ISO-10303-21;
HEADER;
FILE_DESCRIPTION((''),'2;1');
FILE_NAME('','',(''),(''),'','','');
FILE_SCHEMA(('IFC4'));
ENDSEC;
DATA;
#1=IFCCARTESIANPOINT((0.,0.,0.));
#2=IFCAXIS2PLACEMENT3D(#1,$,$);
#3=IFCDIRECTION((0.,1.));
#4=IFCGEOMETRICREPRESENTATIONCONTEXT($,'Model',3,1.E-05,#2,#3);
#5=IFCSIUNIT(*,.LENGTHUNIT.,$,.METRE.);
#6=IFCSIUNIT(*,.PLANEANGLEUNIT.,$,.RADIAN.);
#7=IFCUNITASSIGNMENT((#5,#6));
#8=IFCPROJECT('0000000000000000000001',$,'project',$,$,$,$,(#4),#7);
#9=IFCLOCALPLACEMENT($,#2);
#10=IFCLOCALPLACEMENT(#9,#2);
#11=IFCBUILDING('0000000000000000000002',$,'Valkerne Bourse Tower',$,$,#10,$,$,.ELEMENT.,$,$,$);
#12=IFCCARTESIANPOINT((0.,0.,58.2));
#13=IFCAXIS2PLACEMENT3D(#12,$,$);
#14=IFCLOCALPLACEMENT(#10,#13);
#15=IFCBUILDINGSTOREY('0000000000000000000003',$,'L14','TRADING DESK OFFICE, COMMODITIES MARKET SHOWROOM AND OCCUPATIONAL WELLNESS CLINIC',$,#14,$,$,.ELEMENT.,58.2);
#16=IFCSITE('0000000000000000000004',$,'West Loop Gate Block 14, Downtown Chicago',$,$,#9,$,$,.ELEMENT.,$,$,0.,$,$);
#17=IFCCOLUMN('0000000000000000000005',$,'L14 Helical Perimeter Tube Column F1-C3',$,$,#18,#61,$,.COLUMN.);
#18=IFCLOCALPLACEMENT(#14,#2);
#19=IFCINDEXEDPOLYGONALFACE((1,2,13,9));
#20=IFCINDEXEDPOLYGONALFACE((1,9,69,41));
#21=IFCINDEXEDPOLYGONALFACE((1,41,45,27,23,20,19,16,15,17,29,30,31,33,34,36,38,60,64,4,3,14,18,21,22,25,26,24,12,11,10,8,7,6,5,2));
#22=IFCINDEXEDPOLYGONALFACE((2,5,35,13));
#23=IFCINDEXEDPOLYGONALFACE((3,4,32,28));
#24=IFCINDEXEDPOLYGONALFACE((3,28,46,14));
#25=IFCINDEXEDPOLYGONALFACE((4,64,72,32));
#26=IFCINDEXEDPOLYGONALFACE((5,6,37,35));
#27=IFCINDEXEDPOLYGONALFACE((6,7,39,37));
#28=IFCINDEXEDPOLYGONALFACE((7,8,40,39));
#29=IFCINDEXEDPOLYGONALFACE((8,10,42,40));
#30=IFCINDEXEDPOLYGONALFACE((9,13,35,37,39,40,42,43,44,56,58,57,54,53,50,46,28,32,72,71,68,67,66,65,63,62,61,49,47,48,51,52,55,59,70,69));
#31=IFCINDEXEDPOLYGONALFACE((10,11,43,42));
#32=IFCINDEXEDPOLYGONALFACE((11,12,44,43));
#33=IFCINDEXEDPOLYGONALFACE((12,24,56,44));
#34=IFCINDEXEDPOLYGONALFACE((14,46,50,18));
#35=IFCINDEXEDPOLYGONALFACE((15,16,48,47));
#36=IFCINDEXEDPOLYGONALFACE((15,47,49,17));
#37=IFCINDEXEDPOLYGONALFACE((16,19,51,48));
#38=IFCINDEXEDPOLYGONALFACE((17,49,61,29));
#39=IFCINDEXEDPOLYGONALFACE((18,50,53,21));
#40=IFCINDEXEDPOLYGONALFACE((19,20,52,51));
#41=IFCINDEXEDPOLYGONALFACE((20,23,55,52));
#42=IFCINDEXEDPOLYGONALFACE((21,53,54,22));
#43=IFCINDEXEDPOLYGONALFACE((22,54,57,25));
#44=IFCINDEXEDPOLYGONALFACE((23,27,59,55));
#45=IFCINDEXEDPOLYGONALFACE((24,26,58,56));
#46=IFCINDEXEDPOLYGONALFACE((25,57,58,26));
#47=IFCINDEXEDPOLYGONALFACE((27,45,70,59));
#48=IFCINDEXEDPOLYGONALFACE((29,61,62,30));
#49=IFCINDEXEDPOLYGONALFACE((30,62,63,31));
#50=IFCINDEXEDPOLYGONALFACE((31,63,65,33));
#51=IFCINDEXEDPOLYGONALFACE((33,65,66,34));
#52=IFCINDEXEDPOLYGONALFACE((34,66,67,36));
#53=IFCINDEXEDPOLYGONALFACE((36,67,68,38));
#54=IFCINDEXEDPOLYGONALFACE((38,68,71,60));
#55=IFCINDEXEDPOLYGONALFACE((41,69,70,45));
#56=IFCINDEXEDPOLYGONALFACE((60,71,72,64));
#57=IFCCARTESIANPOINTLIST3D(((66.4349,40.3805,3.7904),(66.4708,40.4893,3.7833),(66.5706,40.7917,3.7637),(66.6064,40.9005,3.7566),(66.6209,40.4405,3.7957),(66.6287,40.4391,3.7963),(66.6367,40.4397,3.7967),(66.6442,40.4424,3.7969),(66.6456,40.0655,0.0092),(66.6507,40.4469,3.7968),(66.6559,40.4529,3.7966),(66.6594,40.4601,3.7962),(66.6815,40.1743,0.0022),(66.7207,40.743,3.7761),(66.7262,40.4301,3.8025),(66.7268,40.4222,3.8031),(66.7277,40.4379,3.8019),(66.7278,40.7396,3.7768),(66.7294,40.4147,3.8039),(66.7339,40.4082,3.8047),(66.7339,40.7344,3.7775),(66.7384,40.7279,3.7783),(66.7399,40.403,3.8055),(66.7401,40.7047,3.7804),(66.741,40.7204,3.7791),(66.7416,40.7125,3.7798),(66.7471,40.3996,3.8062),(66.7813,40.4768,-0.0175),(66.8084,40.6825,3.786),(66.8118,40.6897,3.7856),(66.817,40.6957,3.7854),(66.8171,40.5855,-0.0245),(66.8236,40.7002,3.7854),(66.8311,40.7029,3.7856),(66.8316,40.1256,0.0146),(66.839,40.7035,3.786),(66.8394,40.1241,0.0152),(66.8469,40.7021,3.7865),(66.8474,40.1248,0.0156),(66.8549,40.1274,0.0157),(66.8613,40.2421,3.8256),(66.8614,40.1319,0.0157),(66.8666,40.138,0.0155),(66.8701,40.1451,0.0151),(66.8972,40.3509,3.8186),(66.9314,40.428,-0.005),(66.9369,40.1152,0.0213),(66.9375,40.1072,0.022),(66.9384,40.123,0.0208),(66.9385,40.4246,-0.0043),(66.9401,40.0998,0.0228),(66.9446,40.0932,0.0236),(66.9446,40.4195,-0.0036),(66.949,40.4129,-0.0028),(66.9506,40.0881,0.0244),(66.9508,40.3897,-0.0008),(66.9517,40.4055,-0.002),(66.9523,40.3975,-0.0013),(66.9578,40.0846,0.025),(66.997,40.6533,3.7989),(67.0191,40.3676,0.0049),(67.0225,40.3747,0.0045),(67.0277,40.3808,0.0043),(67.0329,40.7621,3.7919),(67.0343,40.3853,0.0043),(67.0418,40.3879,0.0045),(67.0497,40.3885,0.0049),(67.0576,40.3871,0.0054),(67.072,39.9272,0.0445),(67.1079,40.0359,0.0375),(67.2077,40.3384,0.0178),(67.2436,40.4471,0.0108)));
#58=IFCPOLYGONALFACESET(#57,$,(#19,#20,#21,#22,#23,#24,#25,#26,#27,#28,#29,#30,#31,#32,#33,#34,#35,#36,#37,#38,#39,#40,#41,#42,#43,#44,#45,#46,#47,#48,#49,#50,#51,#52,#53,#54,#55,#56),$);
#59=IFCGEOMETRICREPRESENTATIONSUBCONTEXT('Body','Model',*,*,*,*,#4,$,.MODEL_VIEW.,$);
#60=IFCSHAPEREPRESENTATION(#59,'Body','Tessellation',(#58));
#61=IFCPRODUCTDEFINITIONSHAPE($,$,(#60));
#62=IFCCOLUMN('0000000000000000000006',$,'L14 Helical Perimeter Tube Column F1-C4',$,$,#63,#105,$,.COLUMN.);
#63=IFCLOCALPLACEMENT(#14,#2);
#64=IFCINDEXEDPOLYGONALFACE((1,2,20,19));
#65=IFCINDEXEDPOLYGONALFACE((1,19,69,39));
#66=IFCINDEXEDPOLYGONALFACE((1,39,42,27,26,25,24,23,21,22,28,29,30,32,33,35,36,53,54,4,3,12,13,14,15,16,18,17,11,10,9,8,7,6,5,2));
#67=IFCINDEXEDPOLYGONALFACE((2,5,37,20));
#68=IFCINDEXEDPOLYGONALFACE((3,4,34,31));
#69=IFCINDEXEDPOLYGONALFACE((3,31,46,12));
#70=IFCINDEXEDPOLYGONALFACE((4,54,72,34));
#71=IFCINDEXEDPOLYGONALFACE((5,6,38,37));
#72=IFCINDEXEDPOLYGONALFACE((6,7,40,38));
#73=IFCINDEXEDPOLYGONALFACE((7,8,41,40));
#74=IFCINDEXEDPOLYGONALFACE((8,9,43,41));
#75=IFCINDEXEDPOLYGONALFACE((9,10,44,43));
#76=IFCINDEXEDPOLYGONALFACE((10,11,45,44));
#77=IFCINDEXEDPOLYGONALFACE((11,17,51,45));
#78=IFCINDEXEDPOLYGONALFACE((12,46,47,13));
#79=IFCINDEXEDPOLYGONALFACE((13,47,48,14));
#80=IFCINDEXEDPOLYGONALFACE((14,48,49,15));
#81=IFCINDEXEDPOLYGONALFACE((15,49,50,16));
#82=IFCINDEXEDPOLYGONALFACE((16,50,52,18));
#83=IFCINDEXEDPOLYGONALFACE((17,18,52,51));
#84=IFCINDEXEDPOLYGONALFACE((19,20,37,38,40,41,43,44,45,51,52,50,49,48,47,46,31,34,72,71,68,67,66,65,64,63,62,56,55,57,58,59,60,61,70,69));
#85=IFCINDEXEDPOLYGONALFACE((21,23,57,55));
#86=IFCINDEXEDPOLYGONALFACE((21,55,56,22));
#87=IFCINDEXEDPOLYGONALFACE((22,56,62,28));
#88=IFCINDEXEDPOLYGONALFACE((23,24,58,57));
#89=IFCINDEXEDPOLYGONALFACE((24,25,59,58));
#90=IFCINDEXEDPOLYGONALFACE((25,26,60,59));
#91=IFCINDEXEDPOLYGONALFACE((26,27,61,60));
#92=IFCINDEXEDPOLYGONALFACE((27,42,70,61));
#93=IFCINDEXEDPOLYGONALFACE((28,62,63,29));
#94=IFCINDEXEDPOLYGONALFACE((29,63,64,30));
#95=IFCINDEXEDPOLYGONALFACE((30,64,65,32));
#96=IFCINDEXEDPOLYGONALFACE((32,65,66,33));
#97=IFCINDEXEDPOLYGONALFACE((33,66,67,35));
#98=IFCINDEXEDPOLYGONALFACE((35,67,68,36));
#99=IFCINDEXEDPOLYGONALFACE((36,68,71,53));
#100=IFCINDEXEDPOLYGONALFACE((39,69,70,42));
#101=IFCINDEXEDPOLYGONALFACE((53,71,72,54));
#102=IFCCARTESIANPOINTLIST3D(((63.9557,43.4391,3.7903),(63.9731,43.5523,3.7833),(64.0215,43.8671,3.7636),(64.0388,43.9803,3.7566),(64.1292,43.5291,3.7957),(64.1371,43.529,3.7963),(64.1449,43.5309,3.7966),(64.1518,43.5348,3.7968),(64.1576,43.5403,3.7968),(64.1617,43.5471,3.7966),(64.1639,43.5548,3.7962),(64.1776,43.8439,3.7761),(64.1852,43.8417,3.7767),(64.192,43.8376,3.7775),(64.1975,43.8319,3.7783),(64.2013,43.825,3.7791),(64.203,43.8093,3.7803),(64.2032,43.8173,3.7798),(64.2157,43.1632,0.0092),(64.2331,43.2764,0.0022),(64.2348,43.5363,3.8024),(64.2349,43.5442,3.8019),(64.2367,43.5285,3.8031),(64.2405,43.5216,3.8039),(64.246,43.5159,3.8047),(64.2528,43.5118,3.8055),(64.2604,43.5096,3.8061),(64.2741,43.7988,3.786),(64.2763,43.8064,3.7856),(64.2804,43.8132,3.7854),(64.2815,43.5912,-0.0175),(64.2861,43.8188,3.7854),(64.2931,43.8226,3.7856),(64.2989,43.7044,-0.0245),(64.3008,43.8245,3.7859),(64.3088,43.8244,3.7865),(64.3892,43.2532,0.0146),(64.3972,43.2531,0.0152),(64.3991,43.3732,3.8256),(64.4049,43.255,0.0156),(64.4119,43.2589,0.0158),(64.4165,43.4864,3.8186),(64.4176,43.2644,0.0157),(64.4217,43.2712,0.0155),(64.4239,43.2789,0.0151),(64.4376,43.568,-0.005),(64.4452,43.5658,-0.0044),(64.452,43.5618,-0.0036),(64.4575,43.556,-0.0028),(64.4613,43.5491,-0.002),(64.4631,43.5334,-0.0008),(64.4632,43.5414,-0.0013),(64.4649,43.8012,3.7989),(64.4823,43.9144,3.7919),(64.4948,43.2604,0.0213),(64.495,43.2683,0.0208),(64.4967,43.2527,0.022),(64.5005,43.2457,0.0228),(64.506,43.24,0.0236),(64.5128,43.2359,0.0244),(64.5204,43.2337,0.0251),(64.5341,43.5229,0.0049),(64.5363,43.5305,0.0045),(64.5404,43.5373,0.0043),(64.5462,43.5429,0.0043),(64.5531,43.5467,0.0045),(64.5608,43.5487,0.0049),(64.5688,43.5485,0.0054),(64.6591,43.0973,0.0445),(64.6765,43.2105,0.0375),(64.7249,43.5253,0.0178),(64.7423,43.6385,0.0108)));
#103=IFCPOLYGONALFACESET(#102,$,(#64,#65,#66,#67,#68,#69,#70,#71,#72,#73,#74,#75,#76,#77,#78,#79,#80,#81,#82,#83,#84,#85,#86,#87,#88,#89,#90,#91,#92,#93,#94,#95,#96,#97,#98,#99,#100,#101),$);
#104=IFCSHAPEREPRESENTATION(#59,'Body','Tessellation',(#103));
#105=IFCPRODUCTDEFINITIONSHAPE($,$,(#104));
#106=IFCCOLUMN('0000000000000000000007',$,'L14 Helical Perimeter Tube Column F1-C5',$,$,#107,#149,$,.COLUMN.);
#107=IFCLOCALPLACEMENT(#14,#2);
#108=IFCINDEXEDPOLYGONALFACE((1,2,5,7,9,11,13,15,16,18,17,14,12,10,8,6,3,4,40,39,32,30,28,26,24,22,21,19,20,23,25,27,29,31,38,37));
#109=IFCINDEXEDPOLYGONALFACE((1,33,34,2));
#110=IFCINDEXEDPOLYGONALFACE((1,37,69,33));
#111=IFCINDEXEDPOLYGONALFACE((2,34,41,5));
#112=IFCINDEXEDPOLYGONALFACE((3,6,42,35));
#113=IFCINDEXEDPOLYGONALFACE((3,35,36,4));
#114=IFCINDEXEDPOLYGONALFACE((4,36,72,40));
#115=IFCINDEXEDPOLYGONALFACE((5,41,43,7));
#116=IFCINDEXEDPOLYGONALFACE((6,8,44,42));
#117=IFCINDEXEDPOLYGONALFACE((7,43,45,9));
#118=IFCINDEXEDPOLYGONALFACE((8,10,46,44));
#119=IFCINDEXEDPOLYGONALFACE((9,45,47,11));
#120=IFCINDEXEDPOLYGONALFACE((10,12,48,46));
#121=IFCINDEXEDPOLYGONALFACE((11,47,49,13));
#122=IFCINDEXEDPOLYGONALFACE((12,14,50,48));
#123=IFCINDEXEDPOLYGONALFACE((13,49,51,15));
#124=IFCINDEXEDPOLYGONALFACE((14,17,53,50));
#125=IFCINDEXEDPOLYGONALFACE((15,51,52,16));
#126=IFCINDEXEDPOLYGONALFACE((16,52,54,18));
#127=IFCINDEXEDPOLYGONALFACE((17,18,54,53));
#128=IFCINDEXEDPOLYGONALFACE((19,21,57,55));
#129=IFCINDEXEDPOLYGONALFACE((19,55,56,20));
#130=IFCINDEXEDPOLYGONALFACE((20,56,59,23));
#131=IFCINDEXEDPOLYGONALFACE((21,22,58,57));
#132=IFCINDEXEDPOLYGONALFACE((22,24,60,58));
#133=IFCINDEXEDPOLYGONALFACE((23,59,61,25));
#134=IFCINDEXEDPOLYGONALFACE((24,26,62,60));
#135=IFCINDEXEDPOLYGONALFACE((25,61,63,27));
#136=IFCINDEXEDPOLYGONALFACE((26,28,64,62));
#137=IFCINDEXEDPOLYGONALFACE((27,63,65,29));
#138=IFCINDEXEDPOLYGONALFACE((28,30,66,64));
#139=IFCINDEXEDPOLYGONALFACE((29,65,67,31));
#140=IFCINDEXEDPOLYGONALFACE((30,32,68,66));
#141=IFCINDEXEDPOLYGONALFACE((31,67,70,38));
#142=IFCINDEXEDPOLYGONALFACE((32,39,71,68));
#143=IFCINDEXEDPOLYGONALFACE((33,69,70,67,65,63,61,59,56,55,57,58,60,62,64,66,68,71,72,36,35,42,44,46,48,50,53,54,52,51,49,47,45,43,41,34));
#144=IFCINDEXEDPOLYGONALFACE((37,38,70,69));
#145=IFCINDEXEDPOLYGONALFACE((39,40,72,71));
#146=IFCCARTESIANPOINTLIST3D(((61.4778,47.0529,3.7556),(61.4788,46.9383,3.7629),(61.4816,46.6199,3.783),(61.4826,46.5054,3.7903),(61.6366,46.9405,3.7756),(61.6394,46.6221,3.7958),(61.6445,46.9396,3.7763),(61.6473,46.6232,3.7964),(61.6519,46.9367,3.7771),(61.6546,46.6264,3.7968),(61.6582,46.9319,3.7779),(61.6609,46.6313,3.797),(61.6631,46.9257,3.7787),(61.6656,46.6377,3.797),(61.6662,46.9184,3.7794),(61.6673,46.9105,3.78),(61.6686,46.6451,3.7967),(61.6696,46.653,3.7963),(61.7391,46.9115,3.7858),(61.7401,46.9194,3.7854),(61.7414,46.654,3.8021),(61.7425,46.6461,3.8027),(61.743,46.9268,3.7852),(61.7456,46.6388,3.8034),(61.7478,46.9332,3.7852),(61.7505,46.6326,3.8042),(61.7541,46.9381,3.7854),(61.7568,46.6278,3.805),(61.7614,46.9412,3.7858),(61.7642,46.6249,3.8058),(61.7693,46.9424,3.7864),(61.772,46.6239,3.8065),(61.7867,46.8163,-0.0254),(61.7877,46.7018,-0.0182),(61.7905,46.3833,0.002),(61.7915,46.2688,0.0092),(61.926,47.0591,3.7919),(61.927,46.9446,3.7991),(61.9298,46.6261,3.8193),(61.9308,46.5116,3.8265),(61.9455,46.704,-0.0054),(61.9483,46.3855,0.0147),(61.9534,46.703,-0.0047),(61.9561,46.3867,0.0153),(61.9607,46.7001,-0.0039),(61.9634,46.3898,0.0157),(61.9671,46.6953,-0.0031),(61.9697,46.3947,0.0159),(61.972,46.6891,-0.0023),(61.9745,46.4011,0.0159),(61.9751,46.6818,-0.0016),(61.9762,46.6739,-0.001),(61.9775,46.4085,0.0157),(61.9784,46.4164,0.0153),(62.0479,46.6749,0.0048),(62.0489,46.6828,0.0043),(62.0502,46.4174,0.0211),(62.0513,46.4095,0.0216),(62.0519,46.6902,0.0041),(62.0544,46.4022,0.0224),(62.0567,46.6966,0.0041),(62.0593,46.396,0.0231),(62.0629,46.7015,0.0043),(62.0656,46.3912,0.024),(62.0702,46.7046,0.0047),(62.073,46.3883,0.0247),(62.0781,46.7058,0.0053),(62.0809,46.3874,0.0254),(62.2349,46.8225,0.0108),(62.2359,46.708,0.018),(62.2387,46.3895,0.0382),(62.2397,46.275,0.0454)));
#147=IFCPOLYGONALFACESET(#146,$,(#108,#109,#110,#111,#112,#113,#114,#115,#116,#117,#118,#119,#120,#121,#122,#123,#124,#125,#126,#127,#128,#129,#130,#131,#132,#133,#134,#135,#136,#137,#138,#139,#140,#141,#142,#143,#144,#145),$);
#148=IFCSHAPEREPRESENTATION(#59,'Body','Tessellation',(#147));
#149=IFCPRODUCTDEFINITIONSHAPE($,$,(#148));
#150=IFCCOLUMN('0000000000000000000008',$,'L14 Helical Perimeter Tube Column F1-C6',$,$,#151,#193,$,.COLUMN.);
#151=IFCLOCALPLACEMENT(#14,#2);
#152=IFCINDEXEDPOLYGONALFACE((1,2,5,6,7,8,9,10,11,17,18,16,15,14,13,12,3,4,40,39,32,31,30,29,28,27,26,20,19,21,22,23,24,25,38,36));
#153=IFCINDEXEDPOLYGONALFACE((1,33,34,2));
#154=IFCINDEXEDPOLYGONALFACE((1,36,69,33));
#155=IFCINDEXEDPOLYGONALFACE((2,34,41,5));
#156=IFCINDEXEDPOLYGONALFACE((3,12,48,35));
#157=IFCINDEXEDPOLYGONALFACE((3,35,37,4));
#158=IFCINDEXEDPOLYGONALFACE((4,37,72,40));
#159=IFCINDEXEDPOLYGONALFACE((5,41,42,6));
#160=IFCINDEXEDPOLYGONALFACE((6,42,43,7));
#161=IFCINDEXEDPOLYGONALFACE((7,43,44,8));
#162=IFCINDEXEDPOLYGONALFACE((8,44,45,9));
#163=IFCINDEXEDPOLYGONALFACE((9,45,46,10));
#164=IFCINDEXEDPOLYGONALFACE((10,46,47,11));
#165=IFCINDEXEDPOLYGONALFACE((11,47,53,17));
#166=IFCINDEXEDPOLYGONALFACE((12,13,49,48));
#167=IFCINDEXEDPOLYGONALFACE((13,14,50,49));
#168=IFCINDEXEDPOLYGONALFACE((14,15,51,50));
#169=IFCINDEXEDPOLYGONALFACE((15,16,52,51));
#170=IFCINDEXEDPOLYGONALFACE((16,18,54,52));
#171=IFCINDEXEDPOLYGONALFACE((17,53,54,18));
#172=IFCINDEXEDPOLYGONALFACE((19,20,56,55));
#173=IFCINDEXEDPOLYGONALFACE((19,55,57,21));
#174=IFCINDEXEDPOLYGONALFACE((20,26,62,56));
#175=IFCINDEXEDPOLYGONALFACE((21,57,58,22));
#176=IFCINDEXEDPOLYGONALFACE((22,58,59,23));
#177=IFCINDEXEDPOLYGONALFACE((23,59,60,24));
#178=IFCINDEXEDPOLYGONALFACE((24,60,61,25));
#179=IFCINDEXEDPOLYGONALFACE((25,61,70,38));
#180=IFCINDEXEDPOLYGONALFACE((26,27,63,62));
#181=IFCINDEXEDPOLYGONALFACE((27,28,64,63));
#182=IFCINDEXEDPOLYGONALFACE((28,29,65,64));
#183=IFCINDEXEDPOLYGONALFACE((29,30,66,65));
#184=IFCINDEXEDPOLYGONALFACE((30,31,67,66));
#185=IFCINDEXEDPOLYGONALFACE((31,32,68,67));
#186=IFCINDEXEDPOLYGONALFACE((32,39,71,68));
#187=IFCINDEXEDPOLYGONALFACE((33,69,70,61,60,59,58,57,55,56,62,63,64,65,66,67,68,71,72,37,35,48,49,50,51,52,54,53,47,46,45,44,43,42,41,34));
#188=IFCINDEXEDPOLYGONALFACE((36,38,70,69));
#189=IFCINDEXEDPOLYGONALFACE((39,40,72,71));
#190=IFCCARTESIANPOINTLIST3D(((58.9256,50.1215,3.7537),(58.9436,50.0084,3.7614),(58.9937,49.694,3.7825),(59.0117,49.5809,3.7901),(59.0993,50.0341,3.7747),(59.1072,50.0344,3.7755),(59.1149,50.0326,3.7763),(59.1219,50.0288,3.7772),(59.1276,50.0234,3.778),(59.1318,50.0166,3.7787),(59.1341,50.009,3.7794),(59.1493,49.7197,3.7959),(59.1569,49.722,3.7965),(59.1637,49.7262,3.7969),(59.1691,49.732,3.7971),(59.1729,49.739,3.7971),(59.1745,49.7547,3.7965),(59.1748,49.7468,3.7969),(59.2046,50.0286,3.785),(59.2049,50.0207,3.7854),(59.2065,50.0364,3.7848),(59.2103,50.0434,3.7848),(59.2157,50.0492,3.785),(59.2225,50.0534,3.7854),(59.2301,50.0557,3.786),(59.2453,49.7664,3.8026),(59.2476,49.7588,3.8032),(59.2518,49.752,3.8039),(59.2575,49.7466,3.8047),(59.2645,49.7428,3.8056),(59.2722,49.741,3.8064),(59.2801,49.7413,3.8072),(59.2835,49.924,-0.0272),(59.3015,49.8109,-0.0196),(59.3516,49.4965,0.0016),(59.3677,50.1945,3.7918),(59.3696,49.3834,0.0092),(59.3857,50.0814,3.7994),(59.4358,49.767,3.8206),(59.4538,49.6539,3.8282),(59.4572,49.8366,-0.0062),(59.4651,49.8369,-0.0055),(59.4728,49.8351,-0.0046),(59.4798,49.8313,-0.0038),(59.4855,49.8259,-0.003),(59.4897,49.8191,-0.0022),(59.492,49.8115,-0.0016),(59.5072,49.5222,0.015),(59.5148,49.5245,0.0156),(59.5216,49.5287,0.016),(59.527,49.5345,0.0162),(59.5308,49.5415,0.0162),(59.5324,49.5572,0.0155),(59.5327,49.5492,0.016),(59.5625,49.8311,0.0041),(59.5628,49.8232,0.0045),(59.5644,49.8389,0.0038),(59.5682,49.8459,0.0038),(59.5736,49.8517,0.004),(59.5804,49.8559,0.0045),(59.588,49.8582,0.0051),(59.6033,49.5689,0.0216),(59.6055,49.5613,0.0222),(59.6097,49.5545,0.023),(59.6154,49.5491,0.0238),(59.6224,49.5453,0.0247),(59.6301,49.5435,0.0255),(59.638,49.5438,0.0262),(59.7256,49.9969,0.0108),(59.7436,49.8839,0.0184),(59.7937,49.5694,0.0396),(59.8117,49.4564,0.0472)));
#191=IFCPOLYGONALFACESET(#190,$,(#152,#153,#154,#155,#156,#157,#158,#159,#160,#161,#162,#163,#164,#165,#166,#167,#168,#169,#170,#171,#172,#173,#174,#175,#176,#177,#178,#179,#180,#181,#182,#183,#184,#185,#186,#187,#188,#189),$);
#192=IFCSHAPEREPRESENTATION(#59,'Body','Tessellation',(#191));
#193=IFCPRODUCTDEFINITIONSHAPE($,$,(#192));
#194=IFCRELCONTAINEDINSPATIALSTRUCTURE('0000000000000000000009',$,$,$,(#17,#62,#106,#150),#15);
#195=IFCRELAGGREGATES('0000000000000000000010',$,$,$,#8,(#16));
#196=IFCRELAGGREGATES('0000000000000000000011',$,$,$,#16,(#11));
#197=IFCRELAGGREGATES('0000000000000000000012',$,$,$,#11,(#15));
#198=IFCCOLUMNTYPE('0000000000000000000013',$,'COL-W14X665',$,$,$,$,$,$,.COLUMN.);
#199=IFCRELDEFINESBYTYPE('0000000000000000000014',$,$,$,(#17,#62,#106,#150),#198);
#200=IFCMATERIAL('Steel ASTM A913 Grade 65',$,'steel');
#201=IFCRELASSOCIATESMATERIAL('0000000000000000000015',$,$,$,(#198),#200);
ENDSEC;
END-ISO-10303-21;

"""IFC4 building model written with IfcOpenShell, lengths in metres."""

from ifc_helpers import new_model, si_unit, direction, frame, origin, origin_2d, place, context, subcontext, project, spatial, i_section, extrude, material, material_profile, profile_set, type_object, element, save


model = new_model("IFC4")

# Units and contexts
model_context = context("Model", 3, precision=1e-05, world=origin(), true_north=direction((0.0, 1.0)))
body_context = subcontext(model_context, "Body", "Model", "MODEL_VIEW")
ifc_project = project(units=[si_unit("LENGTHUNIT", "METRE"), si_unit("PLANEANGLEUNIT", "RADIAN")], contexts=[model_context])

# Site, building, storey
site_placement = place(None, origin())
site = spatial("IfcSite", under=ifc_project, at=site_placement, Name="West Loop Gate Block 14, Downtown Chicago", CompositionType="ELEMENT", RefElevation=0.0)
building_placement = place(site_placement, origin())
building = spatial("IfcBuilding", under=site, at=building_placement, Name="Valkerne Bourse Tower", CompositionType="ELEMENT")
storey_placement = place(building_placement, frame((0.0, 0.0, 58.2)))
storey = spatial("IfcBuildingStorey", under=building, at=storey_placement, Name="L14", Description="TRADING DESK OFFICE, COMMODITIES MARKET SHOWROOM AND OCCUPATIONAL WELLNESS CLINIC", CompositionType="ELEMENT", Elevation=58.2)

# Columns
ifc_material_1 = material(Name="Steel ASTM A913 Grade 65", Category="steel")
ifc_material_profile_1 = material_profile(ifc_material_1, i_section(OverallWidth=0.4497, OverallDepth=0.5486, WebThickness=0.072, FlangeThickness=0.1147, FilletRadius=0.0305, at=origin_2d()), Name="W14X665")
ifc_profile_set_1 = profile_set([ifc_material_profile_1], Name="Steel ASTM A913 Grade 65")
column_type = type_object("IfcColumnType", Name="COL-W14X665", PredefinedType="COLUMN", material=ifc_profile_set_1)
for number, where, z_axis, x_axis, name in (
    (1, (66.9446, 40.2563, 0.01), (-0.055446, 0.082881, 0.995016), (0.948238, -0.307711, 0.078471), "L14 Helical Perimeter Tube Column F1-C3"),
    (2, (64.479, 43.4009, 0.01), (-0.068424, 0.0726, 0.995011), (0.986074, -0.146613, 0.078507), "L14 Helical Perimeter Tube Column F1-C4"),
):
    element("IfcColumn", number, at=place(storey_placement, frame(where, z_axis=z_axis, x_axis=x_axis)), inside=storey, type_object=column_type, Name=name, PredefinedType="COLUMN", context=body_context, shape_type="SweptSolid", body=[
        extrude(i_section(OverallWidth=0.4497, OverallDepth=0.5486, WebThickness=0.072, FlangeThickness=0.1147, FilletRadius=0.0305, at=origin_2d()), origin(), (0.0, 0.0, 1.0), 3.8),
    ])
column_placement = place(storey_placement, frame((62.0132, 46.5457, 0.01), z_axis=(-0.081252, 0.06224, 0.994748), x_axis=(0.996655, 0.013816, 0.080544)))
element("IfcColumn", 3, at=column_placement, inside=storey, type_object=column_type, Name="L14 Helical Perimeter Tube Column F1-C5", PredefinedType="COLUMN", context=body_context, shape_type="SweptSolid", body=[
    extrude(i_section(OverallWidth=0.4497, OverallDepth=0.5486, WebThickness=0.072, FlangeThickness=0.1147, FilletRadius=0.0305, at=origin_2d()), origin(), (0.0, 0.0, 1.0), 3.801),
])
for number, where, z_axis, x_axis, name in (
    (4, (59.5476, 49.6902, 0.01), (-0.094112, 0.051935, 0.994206), (0.983121, 0.162226, 0.084588), "L14 Helical Perimeter Tube Column F1-C6"),
):
    element("IfcColumn", number, at=place(storey_placement, frame(where, z_axis=z_axis, x_axis=x_axis)), inside=storey, type_object=column_type, Name=name, PredefinedType="COLUMN", context=body_context, shape_type="SweptSolid", body=[
        extrude(i_section(OverallWidth=0.4497, OverallDepth=0.5486, WebThickness=0.072, FlangeThickness=0.1147, FilletRadius=0.0305, at=origin_2d()), origin(), (0.0, 0.0, 1.0), 3.803),
    ])

save(model, "model.ifc")
